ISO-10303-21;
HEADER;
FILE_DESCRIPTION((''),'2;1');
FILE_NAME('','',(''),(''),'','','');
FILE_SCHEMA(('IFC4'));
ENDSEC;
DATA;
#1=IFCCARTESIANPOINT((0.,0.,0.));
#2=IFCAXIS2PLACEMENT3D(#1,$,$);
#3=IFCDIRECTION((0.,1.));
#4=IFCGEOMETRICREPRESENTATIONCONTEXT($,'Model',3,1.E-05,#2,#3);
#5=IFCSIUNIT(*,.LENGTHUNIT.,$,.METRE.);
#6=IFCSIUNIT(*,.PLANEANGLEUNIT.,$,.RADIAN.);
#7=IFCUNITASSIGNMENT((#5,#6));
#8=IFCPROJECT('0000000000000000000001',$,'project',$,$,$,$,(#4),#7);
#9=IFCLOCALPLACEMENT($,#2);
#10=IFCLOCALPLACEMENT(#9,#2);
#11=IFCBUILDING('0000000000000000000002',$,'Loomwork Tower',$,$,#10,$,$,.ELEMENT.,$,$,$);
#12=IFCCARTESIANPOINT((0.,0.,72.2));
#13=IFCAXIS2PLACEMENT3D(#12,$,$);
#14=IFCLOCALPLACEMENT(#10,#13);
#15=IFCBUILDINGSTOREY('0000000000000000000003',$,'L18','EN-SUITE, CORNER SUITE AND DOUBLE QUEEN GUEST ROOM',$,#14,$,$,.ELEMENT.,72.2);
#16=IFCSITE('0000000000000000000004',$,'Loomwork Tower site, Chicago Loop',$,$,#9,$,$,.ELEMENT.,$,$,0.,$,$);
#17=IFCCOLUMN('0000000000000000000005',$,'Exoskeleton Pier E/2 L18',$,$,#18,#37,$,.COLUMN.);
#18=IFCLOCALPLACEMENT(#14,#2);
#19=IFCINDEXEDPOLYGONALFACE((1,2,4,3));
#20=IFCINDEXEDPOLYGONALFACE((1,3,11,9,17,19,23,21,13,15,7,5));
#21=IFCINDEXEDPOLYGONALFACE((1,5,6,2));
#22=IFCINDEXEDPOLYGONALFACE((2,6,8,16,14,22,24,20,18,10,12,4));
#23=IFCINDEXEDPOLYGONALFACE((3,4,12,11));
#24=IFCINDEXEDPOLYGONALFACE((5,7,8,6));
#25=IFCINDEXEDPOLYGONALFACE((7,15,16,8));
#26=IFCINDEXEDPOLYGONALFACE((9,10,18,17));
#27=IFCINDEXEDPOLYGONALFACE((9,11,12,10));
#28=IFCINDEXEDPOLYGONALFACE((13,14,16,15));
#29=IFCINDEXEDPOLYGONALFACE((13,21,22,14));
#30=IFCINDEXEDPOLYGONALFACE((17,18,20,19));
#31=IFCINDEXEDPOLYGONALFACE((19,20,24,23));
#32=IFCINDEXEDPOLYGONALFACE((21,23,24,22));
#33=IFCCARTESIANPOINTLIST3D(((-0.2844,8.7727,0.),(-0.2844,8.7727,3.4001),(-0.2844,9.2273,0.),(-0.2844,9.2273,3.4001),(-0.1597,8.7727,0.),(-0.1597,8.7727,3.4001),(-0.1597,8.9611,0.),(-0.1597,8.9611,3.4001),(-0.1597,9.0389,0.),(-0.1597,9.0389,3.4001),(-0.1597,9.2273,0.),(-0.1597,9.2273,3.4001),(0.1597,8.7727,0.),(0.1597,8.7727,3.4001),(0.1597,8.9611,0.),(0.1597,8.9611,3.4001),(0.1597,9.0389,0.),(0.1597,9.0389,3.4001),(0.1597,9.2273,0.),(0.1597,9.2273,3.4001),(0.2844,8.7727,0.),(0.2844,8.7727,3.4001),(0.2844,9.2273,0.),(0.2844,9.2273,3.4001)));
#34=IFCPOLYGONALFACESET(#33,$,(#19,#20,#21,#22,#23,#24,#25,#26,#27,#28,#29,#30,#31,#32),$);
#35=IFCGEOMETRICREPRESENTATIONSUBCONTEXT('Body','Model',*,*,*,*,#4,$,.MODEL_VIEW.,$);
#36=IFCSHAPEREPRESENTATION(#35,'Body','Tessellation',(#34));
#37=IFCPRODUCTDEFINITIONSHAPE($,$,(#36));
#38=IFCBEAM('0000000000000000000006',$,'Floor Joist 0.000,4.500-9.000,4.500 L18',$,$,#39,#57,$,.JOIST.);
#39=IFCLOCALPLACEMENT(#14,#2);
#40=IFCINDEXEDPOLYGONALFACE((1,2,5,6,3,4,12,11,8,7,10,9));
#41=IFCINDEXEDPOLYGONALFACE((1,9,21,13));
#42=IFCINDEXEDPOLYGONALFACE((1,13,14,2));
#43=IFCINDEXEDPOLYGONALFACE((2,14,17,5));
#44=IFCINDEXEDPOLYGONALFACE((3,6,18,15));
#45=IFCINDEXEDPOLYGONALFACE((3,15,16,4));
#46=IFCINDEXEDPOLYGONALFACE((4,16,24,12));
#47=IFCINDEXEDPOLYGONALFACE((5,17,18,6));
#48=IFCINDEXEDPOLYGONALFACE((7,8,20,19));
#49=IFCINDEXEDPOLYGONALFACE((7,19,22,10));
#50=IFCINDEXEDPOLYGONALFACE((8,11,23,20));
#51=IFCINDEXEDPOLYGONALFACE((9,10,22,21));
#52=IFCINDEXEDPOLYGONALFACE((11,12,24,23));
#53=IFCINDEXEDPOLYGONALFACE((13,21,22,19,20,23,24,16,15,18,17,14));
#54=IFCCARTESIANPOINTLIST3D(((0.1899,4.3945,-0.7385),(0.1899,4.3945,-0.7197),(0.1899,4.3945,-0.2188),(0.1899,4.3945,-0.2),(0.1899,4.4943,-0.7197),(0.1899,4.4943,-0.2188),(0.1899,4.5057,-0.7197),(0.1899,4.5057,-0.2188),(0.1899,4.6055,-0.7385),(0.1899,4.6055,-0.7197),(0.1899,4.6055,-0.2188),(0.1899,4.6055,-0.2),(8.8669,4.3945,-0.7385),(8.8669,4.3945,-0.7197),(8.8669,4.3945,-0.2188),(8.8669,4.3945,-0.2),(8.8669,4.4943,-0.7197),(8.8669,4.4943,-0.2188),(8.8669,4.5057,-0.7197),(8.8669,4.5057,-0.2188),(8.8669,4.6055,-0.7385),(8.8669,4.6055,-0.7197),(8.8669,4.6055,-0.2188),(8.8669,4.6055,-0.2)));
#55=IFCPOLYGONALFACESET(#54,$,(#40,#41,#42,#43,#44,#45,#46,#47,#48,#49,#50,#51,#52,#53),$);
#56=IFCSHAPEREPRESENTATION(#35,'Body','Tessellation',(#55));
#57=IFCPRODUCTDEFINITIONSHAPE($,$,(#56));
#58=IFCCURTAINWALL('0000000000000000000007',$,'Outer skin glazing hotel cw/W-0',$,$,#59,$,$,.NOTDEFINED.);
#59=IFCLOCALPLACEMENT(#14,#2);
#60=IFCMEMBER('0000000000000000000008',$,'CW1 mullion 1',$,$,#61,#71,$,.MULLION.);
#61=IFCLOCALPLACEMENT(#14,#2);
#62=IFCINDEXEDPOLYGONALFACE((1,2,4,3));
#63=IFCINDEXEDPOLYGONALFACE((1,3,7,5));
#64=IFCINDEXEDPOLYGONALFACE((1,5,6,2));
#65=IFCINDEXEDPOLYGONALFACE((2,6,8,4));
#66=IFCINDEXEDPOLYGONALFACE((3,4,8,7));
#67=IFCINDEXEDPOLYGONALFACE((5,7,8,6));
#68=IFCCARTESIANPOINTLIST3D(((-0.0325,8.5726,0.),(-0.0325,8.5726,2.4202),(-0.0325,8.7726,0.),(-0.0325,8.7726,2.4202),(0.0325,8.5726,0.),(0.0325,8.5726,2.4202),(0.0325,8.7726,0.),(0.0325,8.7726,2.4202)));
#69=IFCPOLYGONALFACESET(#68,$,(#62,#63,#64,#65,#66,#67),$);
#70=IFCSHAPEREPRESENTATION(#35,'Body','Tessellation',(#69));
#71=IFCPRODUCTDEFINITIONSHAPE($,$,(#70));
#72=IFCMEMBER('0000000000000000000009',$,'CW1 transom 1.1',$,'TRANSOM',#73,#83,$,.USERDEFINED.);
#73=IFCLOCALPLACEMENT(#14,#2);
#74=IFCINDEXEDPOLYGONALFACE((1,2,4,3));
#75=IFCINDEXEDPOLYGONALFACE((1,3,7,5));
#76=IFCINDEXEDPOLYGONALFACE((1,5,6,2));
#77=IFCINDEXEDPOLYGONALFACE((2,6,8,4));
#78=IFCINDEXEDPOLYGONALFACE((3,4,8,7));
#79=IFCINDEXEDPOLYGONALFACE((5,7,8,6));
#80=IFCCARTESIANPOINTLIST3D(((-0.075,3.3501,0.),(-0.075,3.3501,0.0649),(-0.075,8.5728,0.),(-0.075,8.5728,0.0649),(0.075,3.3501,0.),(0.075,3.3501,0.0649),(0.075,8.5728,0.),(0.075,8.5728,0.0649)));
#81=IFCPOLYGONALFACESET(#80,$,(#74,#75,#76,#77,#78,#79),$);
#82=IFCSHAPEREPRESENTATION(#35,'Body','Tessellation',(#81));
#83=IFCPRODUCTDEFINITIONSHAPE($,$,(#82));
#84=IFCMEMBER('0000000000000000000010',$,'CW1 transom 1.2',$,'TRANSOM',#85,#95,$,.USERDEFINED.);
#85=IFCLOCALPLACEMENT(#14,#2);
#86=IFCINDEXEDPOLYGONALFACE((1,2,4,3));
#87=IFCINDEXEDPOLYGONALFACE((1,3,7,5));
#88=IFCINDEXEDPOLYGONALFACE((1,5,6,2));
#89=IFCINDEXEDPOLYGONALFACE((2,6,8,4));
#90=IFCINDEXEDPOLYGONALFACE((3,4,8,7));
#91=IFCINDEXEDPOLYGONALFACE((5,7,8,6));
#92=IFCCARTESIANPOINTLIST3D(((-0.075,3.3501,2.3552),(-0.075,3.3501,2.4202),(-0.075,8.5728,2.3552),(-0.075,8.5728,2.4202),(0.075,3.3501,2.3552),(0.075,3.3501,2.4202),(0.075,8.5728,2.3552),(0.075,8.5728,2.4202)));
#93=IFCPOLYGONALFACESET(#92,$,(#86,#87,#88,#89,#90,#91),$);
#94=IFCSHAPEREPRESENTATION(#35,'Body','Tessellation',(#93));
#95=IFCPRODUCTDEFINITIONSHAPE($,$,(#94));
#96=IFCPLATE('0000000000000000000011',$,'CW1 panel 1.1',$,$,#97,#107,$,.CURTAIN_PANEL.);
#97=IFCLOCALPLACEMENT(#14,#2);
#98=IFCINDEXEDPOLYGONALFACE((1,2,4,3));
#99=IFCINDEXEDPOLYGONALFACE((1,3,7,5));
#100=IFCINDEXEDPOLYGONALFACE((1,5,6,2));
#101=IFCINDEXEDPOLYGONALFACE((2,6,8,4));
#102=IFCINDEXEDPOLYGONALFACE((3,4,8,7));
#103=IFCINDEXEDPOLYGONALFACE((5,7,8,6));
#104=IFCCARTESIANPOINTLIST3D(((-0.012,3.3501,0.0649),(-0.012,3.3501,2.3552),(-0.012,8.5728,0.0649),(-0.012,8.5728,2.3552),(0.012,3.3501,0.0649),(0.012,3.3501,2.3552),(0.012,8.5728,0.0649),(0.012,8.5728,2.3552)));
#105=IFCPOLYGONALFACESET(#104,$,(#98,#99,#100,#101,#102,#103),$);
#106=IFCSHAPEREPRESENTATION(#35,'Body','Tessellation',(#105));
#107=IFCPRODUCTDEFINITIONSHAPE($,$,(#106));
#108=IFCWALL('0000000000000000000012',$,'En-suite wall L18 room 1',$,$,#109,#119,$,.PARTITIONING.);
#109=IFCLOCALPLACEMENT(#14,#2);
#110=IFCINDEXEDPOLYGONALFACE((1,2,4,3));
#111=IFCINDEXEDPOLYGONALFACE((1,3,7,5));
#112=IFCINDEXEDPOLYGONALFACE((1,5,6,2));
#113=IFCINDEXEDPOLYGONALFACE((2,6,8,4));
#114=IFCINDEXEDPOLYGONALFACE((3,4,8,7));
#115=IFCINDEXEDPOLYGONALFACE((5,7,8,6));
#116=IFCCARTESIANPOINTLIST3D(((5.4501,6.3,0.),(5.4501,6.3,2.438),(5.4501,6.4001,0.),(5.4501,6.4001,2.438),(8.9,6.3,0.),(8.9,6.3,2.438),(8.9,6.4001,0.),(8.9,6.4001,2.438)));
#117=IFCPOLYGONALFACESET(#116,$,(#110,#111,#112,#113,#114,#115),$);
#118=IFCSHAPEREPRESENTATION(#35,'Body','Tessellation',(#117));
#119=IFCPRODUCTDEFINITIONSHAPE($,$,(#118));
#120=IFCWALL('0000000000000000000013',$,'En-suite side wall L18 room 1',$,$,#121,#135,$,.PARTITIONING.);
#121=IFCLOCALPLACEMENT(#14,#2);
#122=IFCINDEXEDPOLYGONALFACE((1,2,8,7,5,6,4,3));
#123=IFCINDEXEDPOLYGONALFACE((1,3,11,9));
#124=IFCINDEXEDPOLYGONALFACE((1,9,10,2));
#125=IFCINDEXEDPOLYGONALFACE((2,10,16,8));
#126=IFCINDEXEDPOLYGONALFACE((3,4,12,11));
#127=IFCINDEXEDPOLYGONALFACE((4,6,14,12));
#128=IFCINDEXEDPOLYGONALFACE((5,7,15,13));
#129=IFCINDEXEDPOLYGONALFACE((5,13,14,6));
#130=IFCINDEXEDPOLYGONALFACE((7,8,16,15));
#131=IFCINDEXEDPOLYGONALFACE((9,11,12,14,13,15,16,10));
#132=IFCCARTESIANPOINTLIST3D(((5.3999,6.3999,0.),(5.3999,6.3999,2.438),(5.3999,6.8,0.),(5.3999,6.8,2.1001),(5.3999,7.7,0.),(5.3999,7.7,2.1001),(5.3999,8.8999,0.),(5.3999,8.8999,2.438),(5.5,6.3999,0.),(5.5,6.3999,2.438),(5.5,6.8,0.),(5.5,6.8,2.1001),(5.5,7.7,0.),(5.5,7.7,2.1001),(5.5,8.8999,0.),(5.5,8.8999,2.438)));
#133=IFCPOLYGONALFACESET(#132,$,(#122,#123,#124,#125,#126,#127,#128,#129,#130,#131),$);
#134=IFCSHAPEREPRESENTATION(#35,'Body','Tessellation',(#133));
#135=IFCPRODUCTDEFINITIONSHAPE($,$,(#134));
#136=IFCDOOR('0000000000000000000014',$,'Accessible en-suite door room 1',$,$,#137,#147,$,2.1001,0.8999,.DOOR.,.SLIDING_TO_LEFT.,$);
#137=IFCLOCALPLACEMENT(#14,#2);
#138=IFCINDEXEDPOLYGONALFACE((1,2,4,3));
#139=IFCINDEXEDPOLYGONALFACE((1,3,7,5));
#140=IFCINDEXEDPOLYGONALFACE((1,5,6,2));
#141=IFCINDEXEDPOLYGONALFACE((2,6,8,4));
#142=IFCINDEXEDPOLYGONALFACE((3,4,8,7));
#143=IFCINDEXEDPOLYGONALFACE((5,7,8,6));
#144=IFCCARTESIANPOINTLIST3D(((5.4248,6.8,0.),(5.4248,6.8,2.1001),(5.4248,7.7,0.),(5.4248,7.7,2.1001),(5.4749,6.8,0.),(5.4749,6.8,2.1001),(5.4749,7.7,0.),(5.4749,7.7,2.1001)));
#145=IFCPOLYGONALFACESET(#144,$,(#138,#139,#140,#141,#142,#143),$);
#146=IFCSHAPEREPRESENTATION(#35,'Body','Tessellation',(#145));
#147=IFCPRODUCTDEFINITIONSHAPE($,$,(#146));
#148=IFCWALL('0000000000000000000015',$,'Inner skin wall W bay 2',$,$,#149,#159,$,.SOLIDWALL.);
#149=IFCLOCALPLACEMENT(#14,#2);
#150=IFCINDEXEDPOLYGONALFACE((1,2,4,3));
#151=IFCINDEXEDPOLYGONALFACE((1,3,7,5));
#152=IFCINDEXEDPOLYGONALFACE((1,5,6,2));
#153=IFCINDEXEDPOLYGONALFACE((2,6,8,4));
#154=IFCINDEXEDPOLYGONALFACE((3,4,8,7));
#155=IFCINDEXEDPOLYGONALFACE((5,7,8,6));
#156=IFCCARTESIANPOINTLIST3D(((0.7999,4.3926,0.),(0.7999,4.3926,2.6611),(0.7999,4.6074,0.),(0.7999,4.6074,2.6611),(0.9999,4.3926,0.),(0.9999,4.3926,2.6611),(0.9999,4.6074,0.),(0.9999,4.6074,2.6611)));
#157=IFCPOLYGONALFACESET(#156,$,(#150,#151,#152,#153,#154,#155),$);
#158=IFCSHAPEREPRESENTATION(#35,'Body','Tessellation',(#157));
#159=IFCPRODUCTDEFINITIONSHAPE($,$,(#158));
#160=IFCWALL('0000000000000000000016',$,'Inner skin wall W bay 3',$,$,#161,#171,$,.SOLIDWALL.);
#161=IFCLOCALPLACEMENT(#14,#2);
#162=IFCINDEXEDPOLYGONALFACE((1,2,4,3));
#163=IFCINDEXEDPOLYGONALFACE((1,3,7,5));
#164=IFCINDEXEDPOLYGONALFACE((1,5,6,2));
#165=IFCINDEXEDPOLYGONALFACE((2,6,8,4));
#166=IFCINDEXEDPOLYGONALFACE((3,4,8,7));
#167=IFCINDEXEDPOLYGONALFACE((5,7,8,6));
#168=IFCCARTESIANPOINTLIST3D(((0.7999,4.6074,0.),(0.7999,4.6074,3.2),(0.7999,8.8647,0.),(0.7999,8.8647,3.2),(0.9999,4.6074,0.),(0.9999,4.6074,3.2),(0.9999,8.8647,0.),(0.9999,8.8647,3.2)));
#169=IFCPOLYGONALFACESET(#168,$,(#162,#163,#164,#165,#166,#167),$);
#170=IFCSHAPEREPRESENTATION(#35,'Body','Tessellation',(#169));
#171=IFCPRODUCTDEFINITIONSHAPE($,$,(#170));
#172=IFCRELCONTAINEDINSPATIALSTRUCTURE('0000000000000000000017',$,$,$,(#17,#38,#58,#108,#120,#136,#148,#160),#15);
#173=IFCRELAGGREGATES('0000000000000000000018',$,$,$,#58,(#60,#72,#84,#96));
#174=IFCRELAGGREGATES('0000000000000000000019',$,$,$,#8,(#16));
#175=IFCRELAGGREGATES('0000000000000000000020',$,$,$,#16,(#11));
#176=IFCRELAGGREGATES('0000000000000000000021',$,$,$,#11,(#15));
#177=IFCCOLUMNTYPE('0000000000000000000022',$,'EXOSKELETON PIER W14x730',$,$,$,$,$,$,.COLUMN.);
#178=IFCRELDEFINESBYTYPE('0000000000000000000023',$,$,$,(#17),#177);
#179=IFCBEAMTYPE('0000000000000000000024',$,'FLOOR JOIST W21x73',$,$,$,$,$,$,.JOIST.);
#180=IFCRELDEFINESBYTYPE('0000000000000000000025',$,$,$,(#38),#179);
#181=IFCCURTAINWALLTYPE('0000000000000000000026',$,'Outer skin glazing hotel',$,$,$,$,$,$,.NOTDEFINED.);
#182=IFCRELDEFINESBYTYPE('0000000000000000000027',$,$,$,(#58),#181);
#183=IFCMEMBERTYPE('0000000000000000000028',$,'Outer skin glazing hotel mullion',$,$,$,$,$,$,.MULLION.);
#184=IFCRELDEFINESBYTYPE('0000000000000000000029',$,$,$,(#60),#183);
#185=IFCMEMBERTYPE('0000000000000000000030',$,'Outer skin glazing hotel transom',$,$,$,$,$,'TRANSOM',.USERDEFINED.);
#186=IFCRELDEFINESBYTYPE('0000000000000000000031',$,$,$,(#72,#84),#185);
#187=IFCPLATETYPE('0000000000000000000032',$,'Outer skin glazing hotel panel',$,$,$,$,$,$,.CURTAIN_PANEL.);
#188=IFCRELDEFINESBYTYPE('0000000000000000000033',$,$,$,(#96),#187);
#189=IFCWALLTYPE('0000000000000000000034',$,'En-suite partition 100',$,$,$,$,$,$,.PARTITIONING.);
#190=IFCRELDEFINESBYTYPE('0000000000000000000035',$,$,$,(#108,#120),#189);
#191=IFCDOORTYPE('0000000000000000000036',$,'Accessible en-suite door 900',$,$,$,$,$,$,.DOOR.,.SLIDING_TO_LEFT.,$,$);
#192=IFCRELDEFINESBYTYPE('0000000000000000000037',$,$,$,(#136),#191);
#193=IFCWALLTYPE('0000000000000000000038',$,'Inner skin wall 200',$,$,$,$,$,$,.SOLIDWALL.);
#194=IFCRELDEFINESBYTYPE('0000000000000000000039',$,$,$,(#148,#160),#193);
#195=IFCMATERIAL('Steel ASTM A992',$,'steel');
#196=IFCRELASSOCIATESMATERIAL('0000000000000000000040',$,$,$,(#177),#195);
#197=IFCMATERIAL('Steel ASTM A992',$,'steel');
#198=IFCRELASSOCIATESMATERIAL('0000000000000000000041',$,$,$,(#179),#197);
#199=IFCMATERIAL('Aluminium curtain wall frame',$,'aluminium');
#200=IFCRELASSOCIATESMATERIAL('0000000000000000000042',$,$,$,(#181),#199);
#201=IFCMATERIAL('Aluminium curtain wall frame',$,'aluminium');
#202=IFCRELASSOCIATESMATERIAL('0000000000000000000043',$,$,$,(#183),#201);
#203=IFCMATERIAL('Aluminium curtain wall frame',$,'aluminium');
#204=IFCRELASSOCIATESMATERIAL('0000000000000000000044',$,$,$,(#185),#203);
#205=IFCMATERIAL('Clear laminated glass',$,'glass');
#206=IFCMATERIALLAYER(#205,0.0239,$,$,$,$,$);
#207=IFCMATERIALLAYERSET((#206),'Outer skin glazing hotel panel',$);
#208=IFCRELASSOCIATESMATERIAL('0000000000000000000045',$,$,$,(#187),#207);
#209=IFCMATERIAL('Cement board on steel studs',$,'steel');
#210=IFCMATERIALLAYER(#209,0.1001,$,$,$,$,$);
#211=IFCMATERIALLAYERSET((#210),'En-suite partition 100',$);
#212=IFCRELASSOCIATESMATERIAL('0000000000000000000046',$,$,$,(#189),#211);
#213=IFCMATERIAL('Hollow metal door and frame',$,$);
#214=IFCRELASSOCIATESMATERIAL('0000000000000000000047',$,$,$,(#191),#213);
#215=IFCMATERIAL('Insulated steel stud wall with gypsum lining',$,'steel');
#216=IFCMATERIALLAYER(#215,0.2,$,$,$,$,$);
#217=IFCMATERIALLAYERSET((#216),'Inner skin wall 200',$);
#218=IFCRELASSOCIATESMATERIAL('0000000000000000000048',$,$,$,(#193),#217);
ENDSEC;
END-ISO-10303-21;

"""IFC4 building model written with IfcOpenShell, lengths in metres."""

from ifc_helpers import new_model, si_unit, direction, frame, frame_2d, origin, origin_2d, place, context, subcontext, project, spatial, rectangle, i_section, extrude, material, layer, layer_set, material_profile, profile_set, type_object, element, fill, aggregate, save


model = new_model("IFC4")

# Units and contexts
model_context = context("Model", 3, precision=1e-05, world=origin(), true_north=direction((0.0, 1.0)))
body_context = subcontext(model_context, "Body", "Model", "MODEL_VIEW")
ifc_project = project(units=[si_unit("LENGTHUNIT", "METRE"), si_unit("PLANEANGLEUNIT", "RADIAN")], contexts=[model_context])

# Site, building, storey
site_placement = place(None, origin())
site = spatial("IfcSite", under=ifc_project, at=site_placement, Name="Loomwork Tower site, Chicago Loop", CompositionType="ELEMENT", RefElevation=0.0)
building_placement = place(site_placement, origin())
building = spatial("IfcBuilding", under=site, at=building_placement, Name="Loomwork Tower", CompositionType="ELEMENT")
storey_placement = place(building_placement, frame((0.0, 0.0, 72.2)))
storey = spatial("IfcBuildingStorey", under=building, at=storey_placement, Name="L18", Description="EN-SUITE, CORNER SUITE AND DOUBLE QUEEN GUEST ROOM", CompositionType="ELEMENT", Elevation=72.2)

# Column
ifc_material_1 = material(Name="Steel ASTM A992", Category="steel")
ifc_material_profile_1 = material_profile(ifc_material_1, i_section(OverallWidth=0.4546, OverallDepth=0.5688, WebThickness=0.0779, FlangeThickness=0.1248, at=origin_2d()), Name="W14x730")
ifc_profile_set_1 = profile_set([ifc_material_profile_1], Name="Steel ASTM A992")
column_type = type_object("IfcColumnType", Name="EXOSKELETON PIER W14x730", PredefinedType="COLUMN", material=ifc_profile_set_1)
column_placement = place(storey_placement, frame((0.0, 9.0, 0.0), z_axis=(0.0, 0.0, 1.0), x_axis=(0.0, 1.0, 0.0)))
element("IfcColumn", 1, at=column_placement, inside=storey, type_object=column_type, Name="Exoskeleton Pier E/2 L18", PredefinedType="COLUMN", context=body_context, shape_type="SweptSolid", body=[
    extrude(i_section(OverallWidth=0.4546, OverallDepth=0.5688, WebThickness=0.0779, FlangeThickness=0.1248, at=origin_2d()), origin(), (0.0, 0.0, 1.0), 3.4001),
])

# Beam
ifc_material_2 = material(Name="Steel ASTM A992", Category="steel")
ifc_material_profile_2 = material_profile(ifc_material_2, i_section(OverallWidth=0.2109, OverallDepth=0.5386, WebThickness=0.0115, FlangeThickness=0.0188, at=origin_2d()), Name="W21x73")
ifc_profile_set_2 = profile_set([ifc_material_profile_2], Name="Steel ASTM A992")
beam_type = type_object("IfcBeamType", Name="FLOOR JOIST W21x73", PredefinedType="JOIST", material=ifc_profile_set_2)
beam_placement = place(storey_placement, frame((0.1899, 4.5, -0.4692), z_axis=(1.0, 0.0, 0.0), x_axis=(0.0, 1.0, 0.0)))
element("IfcBeam", 2, at=beam_placement, inside=storey, type_object=beam_type, Name="Floor Joist 0.000,4.500-9.000,4.500 L18", PredefinedType="JOIST", context=body_context, shape_type="SweptSolid", body=[
    extrude(i_section(OverallWidth=0.2109, OverallDepth=0.5386, WebThickness=0.0115, FlangeThickness=0.0188, at=origin_2d()), origin(), (0.0, 0.0, 1.0), 8.677),
])

# Curtain wall, members, plate
ifc_material_3 = material(Name="Aluminium curtain wall frame", Category="aluminium")
curtain_wall_type = type_object("IfcCurtainWallType", Name="Outer skin glazing hotel", PredefinedType="NOTDEFINED", material=ifc_material_3)
curtain_wall_placement = place(storey_placement, origin())
curtain_wall = element("IfcCurtainWall", 3, at=curtain_wall_placement, inside=storey, type_object=curtain_wall_type, Name="Outer skin glazing hotel cw/W-0", PredefinedType="NOTDEFINED")
ifc_material_4 = material(Name="Aluminium curtain wall frame", Category="aluminium")
ifc_material_profile_3 = material_profile(ifc_material_4, rectangle(XDim=0.0649, YDim=0.2, at=origin_2d()), Name="AL 65x200")
ifc_profile_set_3 = profile_set([ifc_material_profile_3], Name="Aluminium curtain wall frame")
member_type_1 = type_object("IfcMemberType", Name="Outer skin glazing hotel mullion", PredefinedType="MULLION", material=ifc_profile_set_3)
member_1_placement = place(storey_placement, frame((0.0, 8.6726, 0.0), z_axis=(0.0, 0.0, 1.0), x_axis=(1.0, 0.0, 0.0)))
member_1 = element("IfcMember", 4, at=member_1_placement, type_object=member_type_1, Name="CW1 mullion 1", PredefinedType="MULLION", context=body_context, shape_type="SweptSolid", body=[
    extrude(rectangle(XDim=0.0649, YDim=0.2, at=origin_2d()), origin(), (0.0, 0.0, 1.0), 2.4202),
])
ifc_material_5 = material(Name="Aluminium curtain wall frame", Category="aluminium")
ifc_material_profile_4 = material_profile(ifc_material_5, rectangle(XDim=0.1499, YDim=0.0649, at=origin_2d()), Name="AL 65x150")
ifc_profile_set_4 = profile_set([ifc_material_profile_4], Name="Aluminium curtain wall frame")
member_type_2 = type_object("IfcMemberType", Name="Outer skin glazing hotel transom", ElementType="TRANSOM", PredefinedType="USERDEFINED", material=ifc_profile_set_4)
member_2_placement = place(storey_placement, frame((0.0, 8.5728, 0.0325), z_axis=(0.0, -1.0, 0.0), x_axis=(1.0, 0.0, 0.0)))
member_2 = element("IfcMember", 5, at=member_2_placement, type_object=member_type_2, Name="CW1 transom 1.1", ObjectType="TRANSOM", PredefinedType="USERDEFINED", context=body_context, shape_type="SweptSolid", body=[
    extrude(rectangle(XDim=0.1499, YDim=0.0649, at=origin_2d()), origin(), (0.0, 0.0, 1.0), 5.2227),
])
member_3_placement = place(storey_placement, frame((0.0, 8.5728, 2.3877), z_axis=(0.0, -1.0, 0.0), x_axis=(1.0, 0.0, 0.0)))
member_3 = element("IfcMember", 6, at=member_3_placement, type_object=member_type_2, Name="CW1 transom 1.2", ObjectType="TRANSOM", PredefinedType="USERDEFINED", context=body_context, shape_type="SweptSolid", body=[
    extrude(rectangle(XDim=0.1499, YDim=0.0649, at=origin_2d()), origin(), (0.0, 0.0, 1.0), 5.2227),
])
ifc_material_6 = material(Name="Clear laminated glass", Category="glass")
ifc_layer_1 = layer(ifc_material_6, 0.0239)
ifc_layer_set_1 = layer_set([ifc_layer_1], Name="Outer skin glazing hotel panel")
plate_type = type_object("IfcPlateType", Name="Outer skin glazing hotel panel", PredefinedType="CURTAIN_PANEL", material=ifc_layer_set_1)
plate_placement = place(storey_placement, frame((0.0, 5.9614, 0.0649), z_axis=(0.0, 0.0, 1.0), x_axis=(0.0, -1.0, 0.0)))
plate = element("IfcPlate", 7, at=plate_placement, type_object=plate_type, Name="CW1 panel 1.1", PredefinedType="CURTAIN_PANEL", context=body_context, shape_type="SweptSolid", body=[
    extrude(rectangle(XDim=5.2227, YDim=0.0239, at=origin_2d()), origin(), (0.0, 0.0, 1.0), 2.2903),
])
aggregate(curtain_wall, [member_1, member_2, member_3, plate])

# Wall
ifc_material_7 = material(Name="Cement board on steel studs", Category="steel")
ifc_layer_2 = layer(ifc_material_7, 0.1001)
ifc_layer_set_2 = layer_set([ifc_layer_2], Name="En-suite partition 100")
wall_type_1 = type_object("IfcWallType", Name="En-suite partition 100", PredefinedType="PARTITIONING", material=ifc_layer_set_2)
wall_1_placement = place(storey_placement, frame((5.45, 6.3501, 0.0), z_axis=(0.0, 0.0, 1.0), x_axis=(1.0, 0.0, 0.0)))
element("IfcWall", 8, at=wall_1_placement, inside=storey, type_object=wall_type_1, Name="En-suite wall L18 room 1", PredefinedType="PARTITIONING", context=body_context, shape_type="SweptSolid", body=[
    extrude(rectangle(XDim=3.45, YDim=0.1001, at=frame_2d((1.7251, 0.0))), origin(), (0.0, 0.0, 1.0), 2.438),
])

# Wall, opening, door
wall_2_placement = place(storey_placement, frame((5.45, 8.8999, 0.0), z_axis=(0.0, 0.0, 1.0), x_axis=(0.0, -1.0, 0.0)))
wall_2 = element("IfcWall", 9, at=wall_2_placement, inside=storey, type_object=wall_type_1, Name="En-suite side wall L18 room 1", PredefinedType="PARTITIONING", context=body_context, shape_type="SweptSolid", body=[
    extrude(rectangle(XDim=2.5, YDim=0.1001, at=frame_2d((1.25, 0.0))), origin(), (0.0, 0.0, 1.0), 2.438),
])
opening_placement = place(wall_2_placement, frame((1.2, 0.0, 0.0)))
opening = element("IfcOpeningElement", 10, at=opening_placement, cuts=wall_2, PredefinedType="OPENING", context=body_context, shape_type="SweptSolid", body=[
    extrude(rectangle(XDim=0.8999, YDim=2.1001, at=frame_2d((0.45, 1.05))), frame((0.0, 0.0601, 0.0), z_axis=(0.0, -1.0, 0.0), x_axis=(1.0, 0.0, 0.0)), (0.0, 0.0, 1.0), 0.1201),
])
ifc_material_8 = material(Name="Hollow metal door and frame")
door_type = type_object("IfcDoorType", Name="Accessible en-suite door 900", OperationType="SLIDING_TO_LEFT", PredefinedType="DOOR", material=ifc_material_8)
door_placement = place(opening_placement, origin())
door = element("IfcDoor", 11, at=door_placement, inside=storey, type_object=door_type, Name="Accessible en-suite door room 1", OperationType="SLIDING_TO_LEFT", OverallHeight=2.1001, OverallWidth=0.8999, PredefinedType="DOOR", context=body_context, shape_type="SweptSolid", body=[
    extrude(rectangle(XDim=0.8999, YDim=2.1001, at=frame_2d((0.45, 1.05))), frame((0.0, 0.0249, 0.0), z_axis=(0.0, -1.0, 0.0), x_axis=(1.0, 0.0, 0.0)), (0.0, 0.0, 1.0), 0.05),
])
fill(opening, door)

# Walls
ifc_material_9 = material(Name="Insulated steel stud wall with gypsum lining", Category="steel")
ifc_layer_3 = layer(ifc_material_9, 0.2)
ifc_layer_set_3 = layer_set([ifc_layer_3], Name="Inner skin wall 200")
wall_type_2 = type_object("IfcWallType", Name="Inner skin wall 200", PredefinedType="SOLIDWALL", material=ifc_layer_set_3)
wall_3_placement = place(storey_placement, frame((0.8999, 4.3926, 0.0), z_axis=(0.0, 0.0, 1.0), x_axis=(0.0, 1.0, 0.0)))
element("IfcWall", 12, at=wall_3_placement, inside=storey, type_object=wall_type_2, Name="Inner skin wall W bay 2", PredefinedType="SOLIDWALL", context=body_context, shape_type="SweptSolid", body=[
    extrude(rectangle(XDim=0.2148, YDim=0.2, at=frame_2d((0.1074, 0.0))), origin(), (0.0, 0.0, 1.0), 2.6611),
])
wall_4_placement = place(storey_placement, frame((0.8999, 4.6074, 0.0), z_axis=(0.0, 0.0, 1.0), x_axis=(0.0, 1.0, 0.0)))
element("IfcWall", 13, at=wall_4_placement, inside=storey, type_object=wall_type_2, Name="Inner skin wall W bay 3", PredefinedType="SOLIDWALL", context=body_context, shape_type="SweptSolid", body=[
    extrude(rectangle(XDim=4.2573, YDim=0.2, at=frame_2d((2.1287, 0.0))), origin(), (0.0, 0.0, 1.0), 3.2),
])

save(model, "model.ifc")
